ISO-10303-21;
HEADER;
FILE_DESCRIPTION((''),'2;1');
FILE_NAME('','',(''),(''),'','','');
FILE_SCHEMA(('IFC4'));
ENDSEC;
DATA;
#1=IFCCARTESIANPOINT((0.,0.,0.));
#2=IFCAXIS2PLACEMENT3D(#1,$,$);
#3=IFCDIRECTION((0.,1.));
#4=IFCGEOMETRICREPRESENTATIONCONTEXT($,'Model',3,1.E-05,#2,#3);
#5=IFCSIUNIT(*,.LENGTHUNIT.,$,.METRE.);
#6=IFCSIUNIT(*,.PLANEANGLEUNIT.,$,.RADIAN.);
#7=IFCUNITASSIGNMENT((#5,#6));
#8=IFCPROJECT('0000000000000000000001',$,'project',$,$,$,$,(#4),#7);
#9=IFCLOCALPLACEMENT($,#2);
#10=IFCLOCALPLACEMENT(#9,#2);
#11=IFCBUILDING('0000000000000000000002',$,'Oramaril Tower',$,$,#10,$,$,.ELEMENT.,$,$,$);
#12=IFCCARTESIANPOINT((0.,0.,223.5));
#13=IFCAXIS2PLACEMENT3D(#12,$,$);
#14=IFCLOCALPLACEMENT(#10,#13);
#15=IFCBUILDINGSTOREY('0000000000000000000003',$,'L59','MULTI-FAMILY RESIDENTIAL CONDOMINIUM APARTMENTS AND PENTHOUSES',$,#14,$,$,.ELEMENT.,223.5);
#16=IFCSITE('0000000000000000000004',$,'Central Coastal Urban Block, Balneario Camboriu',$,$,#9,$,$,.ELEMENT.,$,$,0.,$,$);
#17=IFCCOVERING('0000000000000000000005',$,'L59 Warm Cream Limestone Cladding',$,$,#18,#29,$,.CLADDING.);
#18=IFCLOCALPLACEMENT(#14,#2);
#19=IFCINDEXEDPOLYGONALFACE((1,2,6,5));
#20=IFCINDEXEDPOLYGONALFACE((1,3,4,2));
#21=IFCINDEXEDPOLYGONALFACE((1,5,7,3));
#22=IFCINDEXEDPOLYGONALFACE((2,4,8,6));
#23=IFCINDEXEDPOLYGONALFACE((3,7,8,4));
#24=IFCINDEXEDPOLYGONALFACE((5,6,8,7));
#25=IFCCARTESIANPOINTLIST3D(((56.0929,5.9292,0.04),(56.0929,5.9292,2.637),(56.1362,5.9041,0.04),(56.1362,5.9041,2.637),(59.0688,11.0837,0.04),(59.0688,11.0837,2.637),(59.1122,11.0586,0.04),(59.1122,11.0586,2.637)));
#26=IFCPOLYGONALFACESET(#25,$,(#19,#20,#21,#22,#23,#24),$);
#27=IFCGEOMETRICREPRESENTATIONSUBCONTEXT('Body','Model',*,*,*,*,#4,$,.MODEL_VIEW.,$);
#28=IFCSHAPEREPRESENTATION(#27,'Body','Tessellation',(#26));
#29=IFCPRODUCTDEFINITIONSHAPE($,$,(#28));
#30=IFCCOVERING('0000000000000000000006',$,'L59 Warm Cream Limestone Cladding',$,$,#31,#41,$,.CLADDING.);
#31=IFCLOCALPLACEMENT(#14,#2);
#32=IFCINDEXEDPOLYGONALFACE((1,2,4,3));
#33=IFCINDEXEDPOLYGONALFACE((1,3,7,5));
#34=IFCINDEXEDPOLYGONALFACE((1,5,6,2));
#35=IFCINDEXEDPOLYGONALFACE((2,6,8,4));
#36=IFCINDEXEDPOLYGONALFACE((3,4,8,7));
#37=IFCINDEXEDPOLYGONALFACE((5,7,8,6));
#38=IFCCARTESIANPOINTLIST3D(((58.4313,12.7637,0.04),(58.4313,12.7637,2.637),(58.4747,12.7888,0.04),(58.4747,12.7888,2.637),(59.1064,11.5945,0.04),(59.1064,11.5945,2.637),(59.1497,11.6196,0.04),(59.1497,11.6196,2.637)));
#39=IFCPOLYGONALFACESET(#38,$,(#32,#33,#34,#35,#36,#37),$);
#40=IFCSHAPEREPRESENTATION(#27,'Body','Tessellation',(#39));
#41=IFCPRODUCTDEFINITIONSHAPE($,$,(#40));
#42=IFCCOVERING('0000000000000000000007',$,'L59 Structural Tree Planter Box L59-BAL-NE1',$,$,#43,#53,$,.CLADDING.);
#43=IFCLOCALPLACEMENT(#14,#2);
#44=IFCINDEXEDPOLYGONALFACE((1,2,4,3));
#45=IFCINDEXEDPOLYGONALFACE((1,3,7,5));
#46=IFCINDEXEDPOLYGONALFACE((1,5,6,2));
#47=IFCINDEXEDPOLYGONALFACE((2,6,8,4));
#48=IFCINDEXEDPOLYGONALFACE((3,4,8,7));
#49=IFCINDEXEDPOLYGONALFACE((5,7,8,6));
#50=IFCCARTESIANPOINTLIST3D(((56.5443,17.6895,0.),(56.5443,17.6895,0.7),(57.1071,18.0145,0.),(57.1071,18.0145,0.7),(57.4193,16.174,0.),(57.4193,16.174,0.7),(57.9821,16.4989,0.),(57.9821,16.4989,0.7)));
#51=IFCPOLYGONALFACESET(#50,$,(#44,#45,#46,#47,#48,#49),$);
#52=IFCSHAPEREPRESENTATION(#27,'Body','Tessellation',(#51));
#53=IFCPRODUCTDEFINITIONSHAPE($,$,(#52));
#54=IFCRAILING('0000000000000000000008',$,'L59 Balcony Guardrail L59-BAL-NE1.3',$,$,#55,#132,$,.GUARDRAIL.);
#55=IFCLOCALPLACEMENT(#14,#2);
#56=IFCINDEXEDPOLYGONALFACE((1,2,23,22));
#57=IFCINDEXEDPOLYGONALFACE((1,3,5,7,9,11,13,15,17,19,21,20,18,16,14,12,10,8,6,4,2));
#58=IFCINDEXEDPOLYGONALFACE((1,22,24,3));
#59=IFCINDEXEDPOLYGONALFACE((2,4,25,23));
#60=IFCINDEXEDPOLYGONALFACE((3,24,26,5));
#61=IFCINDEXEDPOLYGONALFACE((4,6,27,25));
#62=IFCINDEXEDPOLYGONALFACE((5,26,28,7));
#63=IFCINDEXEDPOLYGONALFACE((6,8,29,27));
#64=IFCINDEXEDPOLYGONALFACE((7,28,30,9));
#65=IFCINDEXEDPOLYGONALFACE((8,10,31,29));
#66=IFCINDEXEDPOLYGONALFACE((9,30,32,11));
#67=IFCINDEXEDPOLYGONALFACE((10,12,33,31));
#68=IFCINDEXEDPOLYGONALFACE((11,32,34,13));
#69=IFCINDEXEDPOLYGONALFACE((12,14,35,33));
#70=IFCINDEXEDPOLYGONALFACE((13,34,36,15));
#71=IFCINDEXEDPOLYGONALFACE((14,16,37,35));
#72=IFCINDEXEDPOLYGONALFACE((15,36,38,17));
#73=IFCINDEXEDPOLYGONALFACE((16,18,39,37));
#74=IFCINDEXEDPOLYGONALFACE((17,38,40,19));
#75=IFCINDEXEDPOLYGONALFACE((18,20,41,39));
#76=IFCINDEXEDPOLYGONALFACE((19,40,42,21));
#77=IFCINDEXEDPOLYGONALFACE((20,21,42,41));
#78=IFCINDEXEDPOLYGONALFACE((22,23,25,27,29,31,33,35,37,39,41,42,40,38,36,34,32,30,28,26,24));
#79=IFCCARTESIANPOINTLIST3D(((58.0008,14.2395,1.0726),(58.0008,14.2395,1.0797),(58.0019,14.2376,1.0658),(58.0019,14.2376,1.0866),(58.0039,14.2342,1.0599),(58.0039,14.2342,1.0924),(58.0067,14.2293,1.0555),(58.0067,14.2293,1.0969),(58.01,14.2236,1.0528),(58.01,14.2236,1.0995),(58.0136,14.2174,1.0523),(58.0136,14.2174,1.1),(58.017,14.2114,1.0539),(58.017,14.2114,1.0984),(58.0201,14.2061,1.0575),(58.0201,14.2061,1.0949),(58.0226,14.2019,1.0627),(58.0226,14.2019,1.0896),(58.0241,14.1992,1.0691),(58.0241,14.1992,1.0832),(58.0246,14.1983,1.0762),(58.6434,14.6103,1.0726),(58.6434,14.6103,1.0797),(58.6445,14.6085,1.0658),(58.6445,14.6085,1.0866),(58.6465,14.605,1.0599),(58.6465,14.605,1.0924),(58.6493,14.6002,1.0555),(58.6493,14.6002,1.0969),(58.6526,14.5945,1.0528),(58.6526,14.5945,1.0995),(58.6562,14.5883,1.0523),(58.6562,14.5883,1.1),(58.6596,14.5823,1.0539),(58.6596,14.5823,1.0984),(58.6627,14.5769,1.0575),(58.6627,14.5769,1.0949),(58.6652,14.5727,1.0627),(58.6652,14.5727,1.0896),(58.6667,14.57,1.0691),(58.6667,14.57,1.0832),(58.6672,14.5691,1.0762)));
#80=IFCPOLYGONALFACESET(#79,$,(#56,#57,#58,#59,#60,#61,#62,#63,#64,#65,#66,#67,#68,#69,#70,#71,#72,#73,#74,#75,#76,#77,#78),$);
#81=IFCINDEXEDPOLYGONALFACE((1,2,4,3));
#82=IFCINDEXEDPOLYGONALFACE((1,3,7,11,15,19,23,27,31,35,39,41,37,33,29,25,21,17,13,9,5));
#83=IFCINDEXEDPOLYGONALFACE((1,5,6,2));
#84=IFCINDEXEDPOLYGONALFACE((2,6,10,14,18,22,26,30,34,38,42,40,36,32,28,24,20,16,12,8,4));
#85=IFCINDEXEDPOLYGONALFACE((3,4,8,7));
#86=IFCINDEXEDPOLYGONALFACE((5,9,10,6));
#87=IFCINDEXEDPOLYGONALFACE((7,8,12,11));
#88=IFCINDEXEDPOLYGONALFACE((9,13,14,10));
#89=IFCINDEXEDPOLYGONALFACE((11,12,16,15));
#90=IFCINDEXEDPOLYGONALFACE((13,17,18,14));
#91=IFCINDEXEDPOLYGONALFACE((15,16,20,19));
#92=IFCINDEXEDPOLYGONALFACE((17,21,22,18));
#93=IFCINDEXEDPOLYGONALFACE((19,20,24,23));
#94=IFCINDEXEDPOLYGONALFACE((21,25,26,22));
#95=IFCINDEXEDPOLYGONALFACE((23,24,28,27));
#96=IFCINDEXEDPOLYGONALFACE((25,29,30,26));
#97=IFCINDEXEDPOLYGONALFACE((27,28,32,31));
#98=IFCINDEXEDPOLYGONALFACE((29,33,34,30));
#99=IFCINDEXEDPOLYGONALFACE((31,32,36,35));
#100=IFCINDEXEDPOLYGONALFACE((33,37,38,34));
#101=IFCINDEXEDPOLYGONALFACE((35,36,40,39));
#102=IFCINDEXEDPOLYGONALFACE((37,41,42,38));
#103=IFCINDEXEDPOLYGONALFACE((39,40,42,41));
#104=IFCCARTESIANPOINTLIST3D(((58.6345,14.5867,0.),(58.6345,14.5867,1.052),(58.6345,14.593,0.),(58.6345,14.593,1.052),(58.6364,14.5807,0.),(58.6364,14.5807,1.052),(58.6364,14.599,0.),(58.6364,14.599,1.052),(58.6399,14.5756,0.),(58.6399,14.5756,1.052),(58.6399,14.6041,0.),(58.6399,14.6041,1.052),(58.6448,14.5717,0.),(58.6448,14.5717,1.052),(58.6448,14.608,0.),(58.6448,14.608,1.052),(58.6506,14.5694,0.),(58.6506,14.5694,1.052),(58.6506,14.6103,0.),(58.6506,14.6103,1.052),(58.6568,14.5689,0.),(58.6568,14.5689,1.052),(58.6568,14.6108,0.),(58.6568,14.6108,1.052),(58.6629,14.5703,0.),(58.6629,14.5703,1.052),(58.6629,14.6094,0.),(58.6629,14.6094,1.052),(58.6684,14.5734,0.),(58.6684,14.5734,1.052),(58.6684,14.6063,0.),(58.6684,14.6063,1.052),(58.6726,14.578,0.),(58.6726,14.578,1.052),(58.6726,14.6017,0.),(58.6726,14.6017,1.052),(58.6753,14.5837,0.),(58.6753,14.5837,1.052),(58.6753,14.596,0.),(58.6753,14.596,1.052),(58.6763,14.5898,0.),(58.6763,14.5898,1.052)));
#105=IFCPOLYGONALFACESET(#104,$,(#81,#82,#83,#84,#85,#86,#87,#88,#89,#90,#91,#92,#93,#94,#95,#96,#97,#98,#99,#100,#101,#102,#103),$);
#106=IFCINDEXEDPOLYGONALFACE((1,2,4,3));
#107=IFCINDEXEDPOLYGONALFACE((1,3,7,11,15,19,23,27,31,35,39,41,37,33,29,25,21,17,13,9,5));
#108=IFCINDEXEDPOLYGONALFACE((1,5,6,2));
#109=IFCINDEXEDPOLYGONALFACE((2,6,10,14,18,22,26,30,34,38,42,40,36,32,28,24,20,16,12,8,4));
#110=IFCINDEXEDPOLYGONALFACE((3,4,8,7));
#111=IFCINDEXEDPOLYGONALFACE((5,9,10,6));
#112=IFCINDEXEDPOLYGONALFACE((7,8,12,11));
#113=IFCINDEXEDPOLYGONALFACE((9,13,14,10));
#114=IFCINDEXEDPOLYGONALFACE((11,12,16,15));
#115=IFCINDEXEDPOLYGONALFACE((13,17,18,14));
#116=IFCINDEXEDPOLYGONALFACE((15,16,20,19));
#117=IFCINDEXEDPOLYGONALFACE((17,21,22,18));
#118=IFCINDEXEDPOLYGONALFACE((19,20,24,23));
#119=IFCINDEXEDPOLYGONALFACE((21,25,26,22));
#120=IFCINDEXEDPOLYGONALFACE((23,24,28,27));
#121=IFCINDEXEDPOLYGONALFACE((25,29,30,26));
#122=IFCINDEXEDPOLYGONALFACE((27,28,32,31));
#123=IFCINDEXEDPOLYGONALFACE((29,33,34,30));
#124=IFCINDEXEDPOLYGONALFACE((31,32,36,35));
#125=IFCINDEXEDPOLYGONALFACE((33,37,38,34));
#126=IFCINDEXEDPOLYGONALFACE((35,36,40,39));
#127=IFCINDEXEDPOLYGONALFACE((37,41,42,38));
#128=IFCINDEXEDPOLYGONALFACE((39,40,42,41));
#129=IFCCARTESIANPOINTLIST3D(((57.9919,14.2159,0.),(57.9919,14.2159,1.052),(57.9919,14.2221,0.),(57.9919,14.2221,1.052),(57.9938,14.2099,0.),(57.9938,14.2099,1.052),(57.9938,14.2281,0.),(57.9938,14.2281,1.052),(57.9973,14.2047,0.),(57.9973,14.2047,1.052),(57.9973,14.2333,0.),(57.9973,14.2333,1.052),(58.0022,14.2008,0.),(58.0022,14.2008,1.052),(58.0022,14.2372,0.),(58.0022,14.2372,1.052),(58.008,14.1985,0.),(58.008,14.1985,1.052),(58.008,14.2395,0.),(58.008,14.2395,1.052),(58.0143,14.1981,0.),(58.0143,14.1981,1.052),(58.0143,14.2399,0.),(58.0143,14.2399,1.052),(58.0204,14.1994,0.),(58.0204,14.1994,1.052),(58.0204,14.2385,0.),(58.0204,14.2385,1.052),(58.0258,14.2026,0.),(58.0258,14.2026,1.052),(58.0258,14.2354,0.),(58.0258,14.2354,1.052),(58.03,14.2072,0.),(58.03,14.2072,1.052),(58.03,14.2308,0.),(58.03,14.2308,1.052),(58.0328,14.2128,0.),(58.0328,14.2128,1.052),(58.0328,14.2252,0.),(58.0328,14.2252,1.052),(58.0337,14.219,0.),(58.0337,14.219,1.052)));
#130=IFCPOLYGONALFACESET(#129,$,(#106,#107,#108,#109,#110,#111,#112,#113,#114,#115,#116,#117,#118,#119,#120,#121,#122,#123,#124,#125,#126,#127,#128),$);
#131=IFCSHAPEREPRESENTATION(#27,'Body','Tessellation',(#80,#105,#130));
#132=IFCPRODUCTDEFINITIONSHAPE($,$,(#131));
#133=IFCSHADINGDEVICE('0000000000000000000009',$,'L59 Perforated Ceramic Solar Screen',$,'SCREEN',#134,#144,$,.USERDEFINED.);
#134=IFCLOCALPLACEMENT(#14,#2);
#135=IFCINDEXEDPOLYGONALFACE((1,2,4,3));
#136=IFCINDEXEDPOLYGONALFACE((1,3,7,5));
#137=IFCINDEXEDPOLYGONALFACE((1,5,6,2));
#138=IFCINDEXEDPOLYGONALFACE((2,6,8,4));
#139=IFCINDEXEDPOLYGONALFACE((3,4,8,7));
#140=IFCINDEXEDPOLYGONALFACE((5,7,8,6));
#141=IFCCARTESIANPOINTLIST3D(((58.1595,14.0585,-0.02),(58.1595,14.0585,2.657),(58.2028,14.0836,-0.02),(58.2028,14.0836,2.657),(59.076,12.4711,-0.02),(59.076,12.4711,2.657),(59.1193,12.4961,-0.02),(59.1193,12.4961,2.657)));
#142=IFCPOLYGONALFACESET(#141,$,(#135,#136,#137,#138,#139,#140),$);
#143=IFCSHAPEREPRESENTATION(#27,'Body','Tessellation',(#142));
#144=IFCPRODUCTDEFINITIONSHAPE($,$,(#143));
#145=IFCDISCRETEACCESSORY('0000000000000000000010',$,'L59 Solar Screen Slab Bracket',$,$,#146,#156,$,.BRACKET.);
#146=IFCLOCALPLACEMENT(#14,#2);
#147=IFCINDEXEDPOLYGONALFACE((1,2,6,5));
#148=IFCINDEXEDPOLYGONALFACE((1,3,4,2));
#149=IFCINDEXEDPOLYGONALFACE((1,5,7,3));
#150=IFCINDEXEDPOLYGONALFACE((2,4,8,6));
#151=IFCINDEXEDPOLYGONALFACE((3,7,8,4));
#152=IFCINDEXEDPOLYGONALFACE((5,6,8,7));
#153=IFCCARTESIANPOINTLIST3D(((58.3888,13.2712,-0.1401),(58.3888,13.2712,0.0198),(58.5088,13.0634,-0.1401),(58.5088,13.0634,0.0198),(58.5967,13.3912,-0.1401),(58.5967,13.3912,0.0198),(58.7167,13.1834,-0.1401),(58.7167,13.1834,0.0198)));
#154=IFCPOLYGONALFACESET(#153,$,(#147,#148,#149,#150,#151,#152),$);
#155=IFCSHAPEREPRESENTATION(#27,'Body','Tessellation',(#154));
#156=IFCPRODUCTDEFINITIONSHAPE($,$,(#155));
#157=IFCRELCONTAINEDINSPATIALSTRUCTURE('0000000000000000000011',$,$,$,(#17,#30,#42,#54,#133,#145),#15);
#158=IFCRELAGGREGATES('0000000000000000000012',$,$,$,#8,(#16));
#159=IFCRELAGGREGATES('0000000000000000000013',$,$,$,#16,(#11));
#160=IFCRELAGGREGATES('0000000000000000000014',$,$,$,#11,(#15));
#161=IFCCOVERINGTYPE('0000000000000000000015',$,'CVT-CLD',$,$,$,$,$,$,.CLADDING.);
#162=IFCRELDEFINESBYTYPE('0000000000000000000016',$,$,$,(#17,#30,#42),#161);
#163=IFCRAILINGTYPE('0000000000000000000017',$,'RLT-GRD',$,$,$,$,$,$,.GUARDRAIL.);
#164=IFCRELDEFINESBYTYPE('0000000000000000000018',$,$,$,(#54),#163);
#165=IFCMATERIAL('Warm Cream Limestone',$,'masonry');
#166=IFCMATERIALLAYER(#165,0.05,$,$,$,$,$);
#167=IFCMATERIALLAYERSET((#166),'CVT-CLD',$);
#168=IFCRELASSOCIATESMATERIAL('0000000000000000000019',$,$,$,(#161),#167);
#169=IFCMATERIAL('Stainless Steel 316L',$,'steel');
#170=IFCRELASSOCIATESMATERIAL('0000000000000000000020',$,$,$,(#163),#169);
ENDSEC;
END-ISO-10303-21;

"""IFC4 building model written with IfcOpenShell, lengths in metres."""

from ifc_helpers import new_model, si_unit, direction, frame, origin, origin_2d, place, context, subcontext, project, spatial, rectangle, circle, extrude, material, layer, layer_set, type_object, element, save


model = new_model("IFC4")

# Units and contexts
model_context = context("Model", 3, precision=1e-05, world=origin(), true_north=direction((0.0, 1.0)))
body_context = subcontext(model_context, "Body", "Model", "MODEL_VIEW")
ifc_project = project(units=[si_unit("LENGTHUNIT", "METRE"), si_unit("PLANEANGLEUNIT", "RADIAN")], contexts=[model_context])

# Site, building, storey
site_placement = place(None, origin())
site = spatial("IfcSite", under=ifc_project, at=site_placement, Name="Central Coastal Urban Block, Balneario Camboriu", CompositionType="ELEMENT", RefElevation=0.0)
building_placement = place(site_placement, origin())
building = spatial("IfcBuilding", under=site, at=building_placement, Name="Oramaril Tower", CompositionType="ELEMENT")
storey_placement = place(building_placement, frame((0.0, 0.0, 223.5)))
storey = spatial("IfcBuildingStorey", under=building, at=storey_placement, Name="L59", Description="MULTI-FAMILY RESIDENTIAL CONDOMINIUM APARTMENTS AND PENTHOUSES", CompositionType="ELEMENT", Elevation=223.5)

# Coverings
ifc_material_1 = material(Name="Warm Cream Limestone", Category="masonry")
ifc_layer_1 = layer(ifc_material_1, 0.05)
ifc_layer_set_1 = layer_set([ifc_layer_1], Name="CVT-CLD")
covering_type = type_object("IfcCoveringType", Name="CVT-CLD", PredefinedType="CLADDING", material=ifc_layer_set_1)
covering_1_placement = place(storey_placement, frame((57.6025, 8.4939, 0.04), z_axis=(0.0, 0.0, 1.0), x_axis=(0.5, 0.866025, 0.0)))
element("IfcCovering", 1, at=covering_1_placement, inside=storey, type_object=covering_type, Name="L59 Warm Cream Limestone Cladding", PredefinedType="CLADDING", context=body_context, shape_type="SweptSolid", body=[
    extrude(rectangle(XDim=5.9519, YDim=0.05, at=origin_2d()), origin(), (0.0, 0.0, 1.0), 2.5969),
])
covering_2_placement = place(storey_placement, frame((58.7905, 12.1917, 0.04), z_axis=(0.0, 0.0, 1.0), x_axis=(-0.5, 0.866025, 0.0)))
element("IfcCovering", 2, at=covering_2_placement, inside=storey, type_object=covering_type, Name="L59 Warm Cream Limestone Cladding", PredefinedType="CLADDING", context=body_context, shape_type="SweptSolid", body=[
    extrude(rectangle(XDim=1.3501, YDim=0.05, at=origin_2d()), origin(), (0.0, 0.0, 1.0), 2.5969),
])
covering_3_placement = place(storey_placement, frame((57.2632, 17.0942, 0.0), z_axis=(0.0, 0.0, 1.0), x_axis=(-0.5, 0.866025, 0.0)))
element("IfcCovering", 3, at=covering_3_placement, inside=storey, type_object=covering_type, Name="L59 Structural Tree Planter Box L59-BAL-NE1", PredefinedType="CLADDING", context=body_context, shape_type="SweptSolid", body=[
    extrude(rectangle(XDim=1.75, YDim=0.6499, at=origin_2d()), origin(), (0.0, 0.0, 1.0), 0.7),
])

# Railing
ifc_material_2 = material(Name="Stainless Steel 316L", Category="steel")
railing_type = type_object("IfcRailingType", Name="RLT-GRD", PredefinedType="GUARDRAIL", material=ifc_material_2)
railing_placement = place(storey_placement, frame((58.6553, 14.5898, 0.0)))
element("IfcRailing", 4, at=railing_placement, inside=storey, type_object=railing_type, Name="L59 Balcony Guardrail L59-BAL-NE1.3", PredefinedType="GUARDRAIL", context=body_context, shape_type="SweptSolid", body=[
    extrude(circle(Radius=0.0239, at=origin_2d()), frame((0.0, 0.0, 1.0762), z_axis=(-0.866109, -0.499855, 0.0), x_axis=(0.499855, -0.866109, 0.0)), (0.0, 0.0, 1.0), 0.7419),
    extrude(circle(Radius=0.021, at=origin_2d()), origin(), (0.0, 0.0, 1.0), 1.052),
    extrude(circle(Radius=0.021, at=origin_2d()), frame((-0.6426, -0.3708, 0.0)), (0.0, 0.0, 1.0), 1.052),
])

# Shading device
shading_device_placement = place(storey_placement, frame((58.6394, 13.2773, -0.02), z_axis=(0.0, 0.0, 1.0), x_axis=(-0.5, 0.866025, 0.0)))
element("IfcShadingDevice", 5, at=shading_device_placement, inside=storey, Name="L59 Perforated Ceramic Solar Screen", ObjectType="SCREEN", PredefinedType="USERDEFINED", context=body_context, shape_type="SweptSolid", body=[
    extrude(rectangle(XDim=1.833, YDim=0.05, at=origin_2d()), origin(), (0.0, 0.0, 1.0), 2.677),
])

# Discrete accessory
discrete_accessory_placement = place(storey_placement, frame((58.5527, 13.2273, -0.1401), z_axis=(0.0, 0.0, 1.0), x_axis=(-0.5, 0.866025, 0.0)))
element("IfcDiscreteAccessory", 6, at=discrete_accessory_placement, inside=storey, Name="L59 Solar Screen Slab Bracket", PredefinedType="BRACKET", context=body_context, shape_type="SweptSolid", body=[
    extrude(rectangle(XDim=0.24, YDim=0.24, at=origin_2d()), origin(), (0.0, 0.0, 1.0), 0.1599),
])

save(model, "model.ifc")
